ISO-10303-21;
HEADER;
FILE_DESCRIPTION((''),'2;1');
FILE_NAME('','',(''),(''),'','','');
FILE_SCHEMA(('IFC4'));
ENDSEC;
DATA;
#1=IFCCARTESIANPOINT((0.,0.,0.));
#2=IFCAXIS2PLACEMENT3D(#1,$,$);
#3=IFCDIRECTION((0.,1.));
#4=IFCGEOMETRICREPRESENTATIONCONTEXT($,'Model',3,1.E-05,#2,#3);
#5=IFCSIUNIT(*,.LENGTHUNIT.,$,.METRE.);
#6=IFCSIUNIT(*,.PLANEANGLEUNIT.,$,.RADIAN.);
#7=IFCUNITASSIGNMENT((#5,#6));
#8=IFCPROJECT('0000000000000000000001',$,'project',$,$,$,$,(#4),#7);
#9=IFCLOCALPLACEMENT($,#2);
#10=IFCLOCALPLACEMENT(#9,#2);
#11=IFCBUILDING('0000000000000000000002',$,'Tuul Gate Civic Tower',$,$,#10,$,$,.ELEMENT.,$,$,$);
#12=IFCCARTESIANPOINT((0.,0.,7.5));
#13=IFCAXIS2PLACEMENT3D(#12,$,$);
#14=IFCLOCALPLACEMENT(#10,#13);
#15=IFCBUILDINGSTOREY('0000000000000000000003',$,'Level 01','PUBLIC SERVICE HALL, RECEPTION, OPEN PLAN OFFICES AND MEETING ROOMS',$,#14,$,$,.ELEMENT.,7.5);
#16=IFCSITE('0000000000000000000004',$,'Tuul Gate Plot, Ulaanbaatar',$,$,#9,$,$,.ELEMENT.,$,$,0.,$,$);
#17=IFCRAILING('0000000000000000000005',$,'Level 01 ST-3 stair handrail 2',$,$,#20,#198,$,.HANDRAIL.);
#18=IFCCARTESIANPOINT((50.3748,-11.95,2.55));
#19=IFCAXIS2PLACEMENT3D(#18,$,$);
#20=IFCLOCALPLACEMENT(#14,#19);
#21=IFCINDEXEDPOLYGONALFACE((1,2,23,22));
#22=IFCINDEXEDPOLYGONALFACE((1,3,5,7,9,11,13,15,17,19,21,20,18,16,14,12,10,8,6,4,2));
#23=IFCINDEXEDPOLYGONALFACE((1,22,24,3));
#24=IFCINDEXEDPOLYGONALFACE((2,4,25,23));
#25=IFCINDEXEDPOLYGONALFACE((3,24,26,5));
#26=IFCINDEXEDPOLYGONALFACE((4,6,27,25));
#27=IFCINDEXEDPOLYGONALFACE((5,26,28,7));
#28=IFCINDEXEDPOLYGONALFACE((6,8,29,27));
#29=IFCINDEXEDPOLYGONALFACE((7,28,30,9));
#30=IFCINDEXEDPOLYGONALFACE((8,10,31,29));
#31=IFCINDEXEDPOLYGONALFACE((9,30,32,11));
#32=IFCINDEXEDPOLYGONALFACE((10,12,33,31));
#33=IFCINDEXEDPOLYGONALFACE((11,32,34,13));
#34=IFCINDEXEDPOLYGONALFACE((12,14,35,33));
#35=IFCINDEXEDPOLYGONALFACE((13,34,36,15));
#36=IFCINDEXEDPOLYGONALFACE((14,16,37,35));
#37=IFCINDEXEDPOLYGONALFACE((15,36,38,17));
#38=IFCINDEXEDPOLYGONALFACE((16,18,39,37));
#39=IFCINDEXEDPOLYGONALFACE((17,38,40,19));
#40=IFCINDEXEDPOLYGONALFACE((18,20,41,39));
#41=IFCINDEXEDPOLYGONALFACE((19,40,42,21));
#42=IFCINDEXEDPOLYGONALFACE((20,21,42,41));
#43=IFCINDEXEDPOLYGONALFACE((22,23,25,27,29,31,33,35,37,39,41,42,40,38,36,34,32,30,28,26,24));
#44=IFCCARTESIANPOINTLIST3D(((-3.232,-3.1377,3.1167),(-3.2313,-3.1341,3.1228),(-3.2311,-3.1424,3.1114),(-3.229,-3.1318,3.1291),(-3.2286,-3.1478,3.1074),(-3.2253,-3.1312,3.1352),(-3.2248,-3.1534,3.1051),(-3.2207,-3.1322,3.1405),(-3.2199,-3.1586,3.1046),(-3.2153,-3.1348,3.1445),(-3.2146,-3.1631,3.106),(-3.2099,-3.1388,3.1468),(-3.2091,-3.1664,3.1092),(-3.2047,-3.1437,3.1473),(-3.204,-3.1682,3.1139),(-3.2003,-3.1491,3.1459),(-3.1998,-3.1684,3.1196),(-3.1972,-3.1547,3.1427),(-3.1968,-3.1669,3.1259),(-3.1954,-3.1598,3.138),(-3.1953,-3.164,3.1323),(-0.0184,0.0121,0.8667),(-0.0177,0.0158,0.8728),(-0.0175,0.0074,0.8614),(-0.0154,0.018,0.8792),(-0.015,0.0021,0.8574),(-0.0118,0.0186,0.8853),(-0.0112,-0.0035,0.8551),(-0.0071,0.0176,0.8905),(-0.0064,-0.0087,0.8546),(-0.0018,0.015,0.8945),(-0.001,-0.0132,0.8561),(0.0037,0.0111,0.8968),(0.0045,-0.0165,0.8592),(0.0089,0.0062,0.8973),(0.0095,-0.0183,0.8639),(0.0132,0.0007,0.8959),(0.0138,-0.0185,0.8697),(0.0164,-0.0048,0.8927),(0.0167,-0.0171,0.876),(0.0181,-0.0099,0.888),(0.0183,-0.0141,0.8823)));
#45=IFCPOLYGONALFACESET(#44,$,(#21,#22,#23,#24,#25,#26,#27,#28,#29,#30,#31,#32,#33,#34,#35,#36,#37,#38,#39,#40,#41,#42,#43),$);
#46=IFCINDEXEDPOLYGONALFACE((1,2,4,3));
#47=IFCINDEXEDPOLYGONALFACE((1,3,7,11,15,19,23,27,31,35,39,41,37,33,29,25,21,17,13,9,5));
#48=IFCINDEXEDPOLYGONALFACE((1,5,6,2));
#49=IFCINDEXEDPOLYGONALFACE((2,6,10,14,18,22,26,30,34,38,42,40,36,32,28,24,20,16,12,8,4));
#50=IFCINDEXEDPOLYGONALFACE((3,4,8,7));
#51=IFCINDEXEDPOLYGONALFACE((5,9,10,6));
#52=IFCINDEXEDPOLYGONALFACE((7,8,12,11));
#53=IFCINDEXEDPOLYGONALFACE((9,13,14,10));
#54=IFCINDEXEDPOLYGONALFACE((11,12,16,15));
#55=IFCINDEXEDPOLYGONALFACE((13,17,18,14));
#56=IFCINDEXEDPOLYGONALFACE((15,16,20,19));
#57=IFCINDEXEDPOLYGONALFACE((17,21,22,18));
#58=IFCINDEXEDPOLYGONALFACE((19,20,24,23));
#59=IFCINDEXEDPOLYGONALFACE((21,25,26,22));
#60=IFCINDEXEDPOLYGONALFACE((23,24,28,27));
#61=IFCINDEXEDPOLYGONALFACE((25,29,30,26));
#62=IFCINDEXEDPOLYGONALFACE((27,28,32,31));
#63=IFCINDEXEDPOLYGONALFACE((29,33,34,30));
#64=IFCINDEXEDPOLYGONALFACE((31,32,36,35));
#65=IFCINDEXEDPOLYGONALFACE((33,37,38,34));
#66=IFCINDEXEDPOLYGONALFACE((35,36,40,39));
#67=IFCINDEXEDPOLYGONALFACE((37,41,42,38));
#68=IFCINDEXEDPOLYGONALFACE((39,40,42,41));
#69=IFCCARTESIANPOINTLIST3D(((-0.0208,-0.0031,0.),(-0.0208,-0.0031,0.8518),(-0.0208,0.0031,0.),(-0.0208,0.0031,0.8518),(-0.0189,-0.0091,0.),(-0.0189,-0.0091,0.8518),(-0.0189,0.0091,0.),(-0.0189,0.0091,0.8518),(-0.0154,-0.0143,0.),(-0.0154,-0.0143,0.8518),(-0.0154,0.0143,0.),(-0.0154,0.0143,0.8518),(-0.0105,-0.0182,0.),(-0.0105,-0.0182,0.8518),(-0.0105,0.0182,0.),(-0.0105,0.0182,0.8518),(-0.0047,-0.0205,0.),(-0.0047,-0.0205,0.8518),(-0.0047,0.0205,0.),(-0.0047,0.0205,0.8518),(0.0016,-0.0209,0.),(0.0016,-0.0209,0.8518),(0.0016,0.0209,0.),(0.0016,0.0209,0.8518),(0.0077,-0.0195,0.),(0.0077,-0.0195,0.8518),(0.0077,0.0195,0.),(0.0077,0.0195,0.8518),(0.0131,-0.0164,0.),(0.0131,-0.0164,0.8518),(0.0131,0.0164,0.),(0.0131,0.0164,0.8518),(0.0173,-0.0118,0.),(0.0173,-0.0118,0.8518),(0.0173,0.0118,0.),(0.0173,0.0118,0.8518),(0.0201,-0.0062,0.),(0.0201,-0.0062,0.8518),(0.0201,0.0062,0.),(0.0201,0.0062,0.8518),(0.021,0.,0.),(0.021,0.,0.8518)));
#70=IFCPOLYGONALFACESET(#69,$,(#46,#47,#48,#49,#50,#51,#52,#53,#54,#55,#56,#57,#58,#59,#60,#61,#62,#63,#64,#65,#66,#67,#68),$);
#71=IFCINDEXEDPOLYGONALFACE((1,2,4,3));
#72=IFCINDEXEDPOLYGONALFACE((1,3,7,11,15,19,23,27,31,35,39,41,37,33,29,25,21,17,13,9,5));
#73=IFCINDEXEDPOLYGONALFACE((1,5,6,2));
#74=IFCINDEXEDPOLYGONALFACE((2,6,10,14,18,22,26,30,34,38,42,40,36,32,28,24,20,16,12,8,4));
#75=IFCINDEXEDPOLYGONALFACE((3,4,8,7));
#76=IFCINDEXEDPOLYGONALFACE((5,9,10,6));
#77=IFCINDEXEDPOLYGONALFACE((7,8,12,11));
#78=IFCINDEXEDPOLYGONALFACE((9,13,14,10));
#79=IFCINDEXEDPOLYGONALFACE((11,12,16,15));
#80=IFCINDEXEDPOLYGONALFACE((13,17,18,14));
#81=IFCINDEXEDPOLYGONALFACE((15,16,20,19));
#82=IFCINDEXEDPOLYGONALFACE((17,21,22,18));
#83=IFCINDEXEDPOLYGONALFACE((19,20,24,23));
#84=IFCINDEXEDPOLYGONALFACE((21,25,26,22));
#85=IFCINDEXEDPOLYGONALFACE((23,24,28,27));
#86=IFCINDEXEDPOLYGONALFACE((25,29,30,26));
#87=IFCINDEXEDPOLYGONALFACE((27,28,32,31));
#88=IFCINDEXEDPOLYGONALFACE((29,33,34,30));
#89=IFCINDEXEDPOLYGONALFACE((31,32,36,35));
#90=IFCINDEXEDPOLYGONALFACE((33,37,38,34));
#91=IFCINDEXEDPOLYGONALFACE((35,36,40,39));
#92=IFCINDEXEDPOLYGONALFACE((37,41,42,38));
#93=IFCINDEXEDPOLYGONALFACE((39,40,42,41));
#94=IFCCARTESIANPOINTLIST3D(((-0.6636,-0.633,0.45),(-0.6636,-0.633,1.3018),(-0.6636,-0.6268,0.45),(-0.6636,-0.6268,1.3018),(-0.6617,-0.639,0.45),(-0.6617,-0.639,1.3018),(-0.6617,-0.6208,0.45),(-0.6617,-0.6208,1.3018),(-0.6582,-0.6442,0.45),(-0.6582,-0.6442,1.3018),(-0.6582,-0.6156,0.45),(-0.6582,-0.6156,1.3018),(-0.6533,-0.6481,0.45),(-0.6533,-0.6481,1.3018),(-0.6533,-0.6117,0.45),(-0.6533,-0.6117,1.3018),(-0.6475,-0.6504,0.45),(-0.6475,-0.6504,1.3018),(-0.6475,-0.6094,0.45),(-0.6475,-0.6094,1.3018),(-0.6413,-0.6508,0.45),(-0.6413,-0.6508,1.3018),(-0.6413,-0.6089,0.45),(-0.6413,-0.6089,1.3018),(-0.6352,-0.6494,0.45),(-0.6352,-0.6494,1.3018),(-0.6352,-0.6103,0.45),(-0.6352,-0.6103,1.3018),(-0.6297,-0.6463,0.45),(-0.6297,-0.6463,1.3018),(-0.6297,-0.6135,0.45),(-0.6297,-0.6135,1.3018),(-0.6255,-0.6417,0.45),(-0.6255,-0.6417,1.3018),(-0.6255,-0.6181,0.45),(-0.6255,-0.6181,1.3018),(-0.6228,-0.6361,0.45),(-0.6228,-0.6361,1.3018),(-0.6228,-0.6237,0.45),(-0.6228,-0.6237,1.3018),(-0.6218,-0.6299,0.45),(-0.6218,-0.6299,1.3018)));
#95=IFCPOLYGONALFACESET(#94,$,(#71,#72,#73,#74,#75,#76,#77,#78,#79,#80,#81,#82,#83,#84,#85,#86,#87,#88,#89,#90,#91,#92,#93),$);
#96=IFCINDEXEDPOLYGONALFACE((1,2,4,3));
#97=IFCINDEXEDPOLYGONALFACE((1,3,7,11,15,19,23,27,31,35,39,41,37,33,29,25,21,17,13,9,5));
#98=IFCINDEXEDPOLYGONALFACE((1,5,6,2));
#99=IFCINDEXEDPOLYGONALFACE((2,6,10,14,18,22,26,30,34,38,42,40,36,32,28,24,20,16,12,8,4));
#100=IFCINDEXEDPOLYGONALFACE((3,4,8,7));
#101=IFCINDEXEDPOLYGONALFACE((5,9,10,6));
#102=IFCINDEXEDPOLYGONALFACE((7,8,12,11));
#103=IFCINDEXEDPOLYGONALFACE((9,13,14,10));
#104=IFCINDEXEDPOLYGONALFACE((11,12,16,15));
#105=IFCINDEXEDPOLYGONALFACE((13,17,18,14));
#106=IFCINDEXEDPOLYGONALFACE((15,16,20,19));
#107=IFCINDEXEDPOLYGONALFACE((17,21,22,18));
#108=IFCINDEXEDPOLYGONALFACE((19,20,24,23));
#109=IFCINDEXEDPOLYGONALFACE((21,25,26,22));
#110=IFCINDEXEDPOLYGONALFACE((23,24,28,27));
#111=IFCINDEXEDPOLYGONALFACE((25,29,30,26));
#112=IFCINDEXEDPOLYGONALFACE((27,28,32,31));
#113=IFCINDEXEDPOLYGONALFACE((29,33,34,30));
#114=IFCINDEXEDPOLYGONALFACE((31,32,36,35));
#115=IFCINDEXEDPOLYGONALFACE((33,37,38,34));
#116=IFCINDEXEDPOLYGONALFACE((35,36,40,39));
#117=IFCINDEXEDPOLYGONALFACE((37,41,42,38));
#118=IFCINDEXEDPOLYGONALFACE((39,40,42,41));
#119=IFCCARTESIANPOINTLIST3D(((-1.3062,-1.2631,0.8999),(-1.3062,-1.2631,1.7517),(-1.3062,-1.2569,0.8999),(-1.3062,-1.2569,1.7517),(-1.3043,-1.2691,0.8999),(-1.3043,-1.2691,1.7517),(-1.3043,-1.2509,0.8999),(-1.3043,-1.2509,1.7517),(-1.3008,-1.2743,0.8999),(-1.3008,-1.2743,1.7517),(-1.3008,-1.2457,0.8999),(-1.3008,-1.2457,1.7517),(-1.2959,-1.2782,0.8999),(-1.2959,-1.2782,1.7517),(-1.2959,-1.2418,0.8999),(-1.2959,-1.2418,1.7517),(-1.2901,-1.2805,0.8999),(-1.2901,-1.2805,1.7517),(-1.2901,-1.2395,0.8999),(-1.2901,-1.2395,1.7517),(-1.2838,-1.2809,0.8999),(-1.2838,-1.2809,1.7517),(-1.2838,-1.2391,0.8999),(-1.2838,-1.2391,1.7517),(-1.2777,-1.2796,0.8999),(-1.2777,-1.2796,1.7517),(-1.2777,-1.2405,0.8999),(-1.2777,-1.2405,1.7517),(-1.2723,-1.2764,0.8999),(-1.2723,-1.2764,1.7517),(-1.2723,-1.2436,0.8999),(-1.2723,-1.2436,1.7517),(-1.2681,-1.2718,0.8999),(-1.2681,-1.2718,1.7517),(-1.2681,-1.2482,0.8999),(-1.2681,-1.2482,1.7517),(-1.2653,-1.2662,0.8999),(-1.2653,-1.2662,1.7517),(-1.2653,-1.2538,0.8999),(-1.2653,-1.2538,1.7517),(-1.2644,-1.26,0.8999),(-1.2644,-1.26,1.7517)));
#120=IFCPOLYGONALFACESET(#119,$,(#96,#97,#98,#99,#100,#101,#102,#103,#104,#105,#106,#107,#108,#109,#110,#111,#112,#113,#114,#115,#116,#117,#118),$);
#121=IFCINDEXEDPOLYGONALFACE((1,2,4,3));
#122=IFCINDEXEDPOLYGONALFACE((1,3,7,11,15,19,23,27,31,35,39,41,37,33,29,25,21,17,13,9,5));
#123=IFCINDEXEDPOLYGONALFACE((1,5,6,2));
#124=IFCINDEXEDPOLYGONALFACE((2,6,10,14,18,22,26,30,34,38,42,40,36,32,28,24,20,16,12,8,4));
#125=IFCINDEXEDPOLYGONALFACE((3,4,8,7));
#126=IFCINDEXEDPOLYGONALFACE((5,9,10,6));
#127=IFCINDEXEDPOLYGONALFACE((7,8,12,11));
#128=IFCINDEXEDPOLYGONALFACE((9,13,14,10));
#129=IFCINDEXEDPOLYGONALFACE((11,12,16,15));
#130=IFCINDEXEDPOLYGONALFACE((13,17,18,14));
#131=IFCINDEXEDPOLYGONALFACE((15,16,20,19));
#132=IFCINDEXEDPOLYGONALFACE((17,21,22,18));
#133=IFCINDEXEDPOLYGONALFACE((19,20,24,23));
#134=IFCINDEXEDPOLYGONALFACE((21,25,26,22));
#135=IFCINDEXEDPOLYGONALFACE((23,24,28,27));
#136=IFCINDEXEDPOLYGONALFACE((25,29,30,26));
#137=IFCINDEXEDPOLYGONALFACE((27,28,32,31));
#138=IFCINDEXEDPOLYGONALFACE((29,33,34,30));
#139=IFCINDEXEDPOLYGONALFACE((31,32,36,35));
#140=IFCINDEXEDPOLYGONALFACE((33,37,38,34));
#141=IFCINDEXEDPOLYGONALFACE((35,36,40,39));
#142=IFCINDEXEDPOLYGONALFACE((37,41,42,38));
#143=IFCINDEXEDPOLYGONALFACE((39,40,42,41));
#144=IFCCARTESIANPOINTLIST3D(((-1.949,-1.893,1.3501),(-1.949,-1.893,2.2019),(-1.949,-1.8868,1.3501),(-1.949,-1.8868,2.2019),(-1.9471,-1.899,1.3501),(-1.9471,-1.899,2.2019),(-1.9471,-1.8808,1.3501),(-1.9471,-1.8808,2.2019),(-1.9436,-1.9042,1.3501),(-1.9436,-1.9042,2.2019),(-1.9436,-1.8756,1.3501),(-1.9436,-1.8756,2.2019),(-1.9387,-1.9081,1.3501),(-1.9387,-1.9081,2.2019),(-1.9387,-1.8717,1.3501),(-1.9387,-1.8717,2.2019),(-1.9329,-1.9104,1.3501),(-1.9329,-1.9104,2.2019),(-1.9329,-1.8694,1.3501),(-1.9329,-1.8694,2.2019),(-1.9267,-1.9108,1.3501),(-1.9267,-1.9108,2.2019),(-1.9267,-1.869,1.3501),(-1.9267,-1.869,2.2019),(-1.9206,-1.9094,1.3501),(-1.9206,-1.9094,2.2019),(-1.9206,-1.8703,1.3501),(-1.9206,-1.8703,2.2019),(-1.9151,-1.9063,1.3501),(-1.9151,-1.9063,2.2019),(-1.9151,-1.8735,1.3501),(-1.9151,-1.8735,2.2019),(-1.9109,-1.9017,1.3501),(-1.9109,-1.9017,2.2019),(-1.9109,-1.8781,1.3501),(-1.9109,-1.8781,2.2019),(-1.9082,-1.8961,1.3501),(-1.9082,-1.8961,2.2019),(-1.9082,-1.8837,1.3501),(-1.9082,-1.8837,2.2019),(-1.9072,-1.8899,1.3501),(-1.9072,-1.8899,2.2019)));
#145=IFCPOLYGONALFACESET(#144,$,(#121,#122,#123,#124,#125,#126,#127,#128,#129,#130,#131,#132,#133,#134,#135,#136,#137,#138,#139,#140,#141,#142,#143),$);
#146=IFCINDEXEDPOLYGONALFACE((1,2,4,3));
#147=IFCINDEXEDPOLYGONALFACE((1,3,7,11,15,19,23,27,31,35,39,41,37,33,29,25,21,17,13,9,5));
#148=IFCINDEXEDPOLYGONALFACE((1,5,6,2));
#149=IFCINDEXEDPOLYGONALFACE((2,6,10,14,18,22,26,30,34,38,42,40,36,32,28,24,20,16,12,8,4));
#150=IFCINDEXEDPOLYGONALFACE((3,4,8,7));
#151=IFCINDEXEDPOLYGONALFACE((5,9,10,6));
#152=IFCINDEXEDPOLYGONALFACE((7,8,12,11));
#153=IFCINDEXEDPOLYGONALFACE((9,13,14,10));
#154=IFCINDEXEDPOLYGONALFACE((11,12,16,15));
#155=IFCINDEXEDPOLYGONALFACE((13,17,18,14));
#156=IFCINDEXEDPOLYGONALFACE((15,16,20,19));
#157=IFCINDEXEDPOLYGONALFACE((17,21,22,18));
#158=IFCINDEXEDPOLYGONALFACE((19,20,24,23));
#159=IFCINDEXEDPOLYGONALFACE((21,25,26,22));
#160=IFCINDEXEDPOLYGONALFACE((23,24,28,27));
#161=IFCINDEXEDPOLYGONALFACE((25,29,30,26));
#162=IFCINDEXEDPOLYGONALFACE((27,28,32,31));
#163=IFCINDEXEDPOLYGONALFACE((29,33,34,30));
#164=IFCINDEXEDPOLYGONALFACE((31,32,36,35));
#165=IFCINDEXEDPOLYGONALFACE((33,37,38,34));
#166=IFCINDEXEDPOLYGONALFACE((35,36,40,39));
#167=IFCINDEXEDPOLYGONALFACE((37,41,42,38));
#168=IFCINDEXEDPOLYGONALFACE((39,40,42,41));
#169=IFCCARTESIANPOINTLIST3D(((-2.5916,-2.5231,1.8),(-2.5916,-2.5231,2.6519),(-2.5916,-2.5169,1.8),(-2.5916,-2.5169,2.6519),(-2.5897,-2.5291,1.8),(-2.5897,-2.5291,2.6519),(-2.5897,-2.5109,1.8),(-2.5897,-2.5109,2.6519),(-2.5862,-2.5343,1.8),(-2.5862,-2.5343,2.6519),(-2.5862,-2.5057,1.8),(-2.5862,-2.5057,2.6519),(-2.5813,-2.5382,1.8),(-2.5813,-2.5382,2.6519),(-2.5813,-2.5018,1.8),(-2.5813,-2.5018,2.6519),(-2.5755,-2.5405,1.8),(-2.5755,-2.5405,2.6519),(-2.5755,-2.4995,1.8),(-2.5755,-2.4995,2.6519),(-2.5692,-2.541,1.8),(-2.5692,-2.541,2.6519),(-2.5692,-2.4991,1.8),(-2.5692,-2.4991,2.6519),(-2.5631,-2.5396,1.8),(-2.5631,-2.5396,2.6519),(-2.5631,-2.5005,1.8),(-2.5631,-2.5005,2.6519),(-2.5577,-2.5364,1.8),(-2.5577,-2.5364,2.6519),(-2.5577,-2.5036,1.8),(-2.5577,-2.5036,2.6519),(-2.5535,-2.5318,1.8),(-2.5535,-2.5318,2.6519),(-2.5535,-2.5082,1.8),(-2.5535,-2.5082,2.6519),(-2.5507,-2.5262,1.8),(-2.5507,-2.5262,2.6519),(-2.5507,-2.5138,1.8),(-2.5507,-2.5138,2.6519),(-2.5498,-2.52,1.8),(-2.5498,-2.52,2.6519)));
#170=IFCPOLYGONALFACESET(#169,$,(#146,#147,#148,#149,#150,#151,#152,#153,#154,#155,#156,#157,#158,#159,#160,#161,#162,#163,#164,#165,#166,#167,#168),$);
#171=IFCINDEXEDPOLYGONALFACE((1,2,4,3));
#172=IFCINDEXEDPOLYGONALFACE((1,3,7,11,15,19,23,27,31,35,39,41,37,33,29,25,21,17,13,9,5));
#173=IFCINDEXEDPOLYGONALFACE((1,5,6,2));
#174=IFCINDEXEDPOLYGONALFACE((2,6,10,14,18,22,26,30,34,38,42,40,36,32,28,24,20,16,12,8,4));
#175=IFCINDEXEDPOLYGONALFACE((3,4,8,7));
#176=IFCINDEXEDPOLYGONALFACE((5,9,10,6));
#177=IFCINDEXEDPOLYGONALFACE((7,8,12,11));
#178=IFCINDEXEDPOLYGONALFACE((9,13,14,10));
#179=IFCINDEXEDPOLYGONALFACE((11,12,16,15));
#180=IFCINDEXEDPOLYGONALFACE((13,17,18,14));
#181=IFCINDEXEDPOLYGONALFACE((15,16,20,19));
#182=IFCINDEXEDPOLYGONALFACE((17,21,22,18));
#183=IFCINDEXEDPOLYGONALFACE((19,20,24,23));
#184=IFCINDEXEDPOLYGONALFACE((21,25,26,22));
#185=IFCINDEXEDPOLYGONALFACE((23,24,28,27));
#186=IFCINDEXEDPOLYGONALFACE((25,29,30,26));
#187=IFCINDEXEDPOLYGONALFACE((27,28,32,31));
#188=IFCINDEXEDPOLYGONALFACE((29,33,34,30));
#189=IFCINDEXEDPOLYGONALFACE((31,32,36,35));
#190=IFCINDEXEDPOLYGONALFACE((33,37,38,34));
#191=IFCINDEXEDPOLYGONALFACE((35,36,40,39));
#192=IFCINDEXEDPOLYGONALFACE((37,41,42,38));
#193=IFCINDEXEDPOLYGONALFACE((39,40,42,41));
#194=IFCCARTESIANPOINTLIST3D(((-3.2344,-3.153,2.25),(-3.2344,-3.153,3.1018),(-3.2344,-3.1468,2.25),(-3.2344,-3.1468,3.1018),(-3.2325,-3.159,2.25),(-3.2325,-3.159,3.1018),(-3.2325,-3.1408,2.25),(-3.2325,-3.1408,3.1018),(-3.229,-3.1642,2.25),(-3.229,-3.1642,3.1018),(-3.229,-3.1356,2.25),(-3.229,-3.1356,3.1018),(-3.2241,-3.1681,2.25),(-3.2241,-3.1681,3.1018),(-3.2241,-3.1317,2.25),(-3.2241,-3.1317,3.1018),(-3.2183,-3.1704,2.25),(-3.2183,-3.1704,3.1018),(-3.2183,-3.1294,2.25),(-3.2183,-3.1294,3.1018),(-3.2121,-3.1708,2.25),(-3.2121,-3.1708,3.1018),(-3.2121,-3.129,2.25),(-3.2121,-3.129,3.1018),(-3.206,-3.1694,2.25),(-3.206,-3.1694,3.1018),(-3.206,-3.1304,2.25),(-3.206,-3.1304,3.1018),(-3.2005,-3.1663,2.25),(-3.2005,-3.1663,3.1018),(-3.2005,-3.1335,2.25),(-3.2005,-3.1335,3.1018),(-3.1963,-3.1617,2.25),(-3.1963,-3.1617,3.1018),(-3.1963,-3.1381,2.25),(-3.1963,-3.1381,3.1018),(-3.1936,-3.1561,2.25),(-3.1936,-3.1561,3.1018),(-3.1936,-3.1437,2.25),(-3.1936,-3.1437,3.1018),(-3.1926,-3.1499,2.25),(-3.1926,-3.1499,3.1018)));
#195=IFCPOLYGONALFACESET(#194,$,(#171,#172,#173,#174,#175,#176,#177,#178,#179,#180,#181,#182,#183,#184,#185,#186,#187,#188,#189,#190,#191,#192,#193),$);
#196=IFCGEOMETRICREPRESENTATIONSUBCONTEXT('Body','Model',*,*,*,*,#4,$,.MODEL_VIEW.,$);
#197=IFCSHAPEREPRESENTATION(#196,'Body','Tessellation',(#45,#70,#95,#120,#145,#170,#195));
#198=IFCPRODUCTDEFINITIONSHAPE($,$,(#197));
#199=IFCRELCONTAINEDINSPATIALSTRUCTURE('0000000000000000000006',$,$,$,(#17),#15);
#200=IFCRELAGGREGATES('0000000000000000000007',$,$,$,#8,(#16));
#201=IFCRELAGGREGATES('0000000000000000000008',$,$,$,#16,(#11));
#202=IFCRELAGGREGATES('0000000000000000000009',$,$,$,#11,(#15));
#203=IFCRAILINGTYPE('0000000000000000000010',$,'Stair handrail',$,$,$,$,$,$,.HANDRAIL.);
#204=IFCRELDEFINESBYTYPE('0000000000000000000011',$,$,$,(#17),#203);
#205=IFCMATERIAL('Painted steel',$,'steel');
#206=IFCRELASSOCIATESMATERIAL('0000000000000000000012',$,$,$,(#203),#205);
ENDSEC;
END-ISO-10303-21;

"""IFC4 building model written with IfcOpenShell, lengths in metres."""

from ifc_helpers import new_model, si_unit, direction, frame, origin, origin_2d, place, context, subcontext, project, spatial, circle, extrude, material, type_object, element, save


model = new_model("IFC4")

# Units and contexts
model_context = context("Model", 3, precision=1e-05, world=origin(), true_north=direction((0.0, 1.0)))
body_context = subcontext(model_context, "Body", "Model", "MODEL_VIEW")
ifc_project = project(units=[si_unit("LENGTHUNIT", "METRE"), si_unit("PLANEANGLEUNIT", "RADIAN")], contexts=[model_context])

# Site, building, storey
site_placement = place(None, origin())
site = spatial("IfcSite", under=ifc_project, at=site_placement, Name="Tuul Gate Plot, Ulaanbaatar", CompositionType="ELEMENT", RefElevation=0.0)
building_placement = place(site_placement, origin())
building = spatial("IfcBuilding", under=site, at=building_placement, Name="Tuul Gate Civic Tower", CompositionType="ELEMENT")
storey_placement = place(building_placement, frame((0.0, 0.0, 7.5)))
storey = spatial("IfcBuildingStorey", under=building, at=storey_placement, Name="Level 01", Description="PUBLIC SERVICE HALL, RECEPTION, OPEN PLAN OFFICES AND MEETING ROOMS", CompositionType="ELEMENT", Elevation=7.5)

# Railing
ifc_material_1 = material(Name="Painted steel", Category="steel")
railing_type_1 = type_object("IfcRailingType", Name="Stair handrail", PredefinedType="HANDRAIL", material=ifc_material_1)
railing_1_placement = place(storey_placement, frame((50.3748, -11.95, 2.55)))
element("IfcRailing", 1, at=railing_1_placement, inside=storey, type_object=railing_type_1, Name="Level 01 ST-3 stair handrail 2", PredefinedType="HANDRAIL", context=body_context, shape_type="SweptSolid", body=[
    extrude(circle(Radius=0.0239, at=origin_2d()), frame((0.0, 0.0, 0.876), z_axis=(-0.638754, -0.626089, 0.44722), x_axis=(0.699991, -0.714152, 0.0)), (0.0, 0.0, 1.0), 5.031),
    extrude(circle(Radius=0.021, at=origin_2d()), origin(), (0.0, 0.0, 1.0), 0.8518),
    extrude(circle(Radius=0.021, at=origin_2d()), frame((-0.6428, -0.6299, 0.45)), (0.0, 0.0, 1.0), 0.8518),
    extrude(circle(Radius=0.021, at=origin_2d()), frame((-1.2854, -1.26, 0.8999)), (0.0, 0.0, 1.0), 0.8518),
    extrude(circle(Radius=0.021, at=origin_2d()), frame((-1.9282, -1.8899, 1.3501)), (0.0, 0.0, 1.0), 0.8518),
    extrude(circle(Radius=0.021, at=origin_2d()), frame((-2.5708, -2.52, 1.8)), (0.0, 0.0, 1.0), 0.8518),
    extrude(circle(Radius=0.021, at=origin_2d()), frame((-3.2136, -3.1499, 2.25)), (0.0, 0.0, 1.0), 0.8518),
])

save(model, "model.ifc")
